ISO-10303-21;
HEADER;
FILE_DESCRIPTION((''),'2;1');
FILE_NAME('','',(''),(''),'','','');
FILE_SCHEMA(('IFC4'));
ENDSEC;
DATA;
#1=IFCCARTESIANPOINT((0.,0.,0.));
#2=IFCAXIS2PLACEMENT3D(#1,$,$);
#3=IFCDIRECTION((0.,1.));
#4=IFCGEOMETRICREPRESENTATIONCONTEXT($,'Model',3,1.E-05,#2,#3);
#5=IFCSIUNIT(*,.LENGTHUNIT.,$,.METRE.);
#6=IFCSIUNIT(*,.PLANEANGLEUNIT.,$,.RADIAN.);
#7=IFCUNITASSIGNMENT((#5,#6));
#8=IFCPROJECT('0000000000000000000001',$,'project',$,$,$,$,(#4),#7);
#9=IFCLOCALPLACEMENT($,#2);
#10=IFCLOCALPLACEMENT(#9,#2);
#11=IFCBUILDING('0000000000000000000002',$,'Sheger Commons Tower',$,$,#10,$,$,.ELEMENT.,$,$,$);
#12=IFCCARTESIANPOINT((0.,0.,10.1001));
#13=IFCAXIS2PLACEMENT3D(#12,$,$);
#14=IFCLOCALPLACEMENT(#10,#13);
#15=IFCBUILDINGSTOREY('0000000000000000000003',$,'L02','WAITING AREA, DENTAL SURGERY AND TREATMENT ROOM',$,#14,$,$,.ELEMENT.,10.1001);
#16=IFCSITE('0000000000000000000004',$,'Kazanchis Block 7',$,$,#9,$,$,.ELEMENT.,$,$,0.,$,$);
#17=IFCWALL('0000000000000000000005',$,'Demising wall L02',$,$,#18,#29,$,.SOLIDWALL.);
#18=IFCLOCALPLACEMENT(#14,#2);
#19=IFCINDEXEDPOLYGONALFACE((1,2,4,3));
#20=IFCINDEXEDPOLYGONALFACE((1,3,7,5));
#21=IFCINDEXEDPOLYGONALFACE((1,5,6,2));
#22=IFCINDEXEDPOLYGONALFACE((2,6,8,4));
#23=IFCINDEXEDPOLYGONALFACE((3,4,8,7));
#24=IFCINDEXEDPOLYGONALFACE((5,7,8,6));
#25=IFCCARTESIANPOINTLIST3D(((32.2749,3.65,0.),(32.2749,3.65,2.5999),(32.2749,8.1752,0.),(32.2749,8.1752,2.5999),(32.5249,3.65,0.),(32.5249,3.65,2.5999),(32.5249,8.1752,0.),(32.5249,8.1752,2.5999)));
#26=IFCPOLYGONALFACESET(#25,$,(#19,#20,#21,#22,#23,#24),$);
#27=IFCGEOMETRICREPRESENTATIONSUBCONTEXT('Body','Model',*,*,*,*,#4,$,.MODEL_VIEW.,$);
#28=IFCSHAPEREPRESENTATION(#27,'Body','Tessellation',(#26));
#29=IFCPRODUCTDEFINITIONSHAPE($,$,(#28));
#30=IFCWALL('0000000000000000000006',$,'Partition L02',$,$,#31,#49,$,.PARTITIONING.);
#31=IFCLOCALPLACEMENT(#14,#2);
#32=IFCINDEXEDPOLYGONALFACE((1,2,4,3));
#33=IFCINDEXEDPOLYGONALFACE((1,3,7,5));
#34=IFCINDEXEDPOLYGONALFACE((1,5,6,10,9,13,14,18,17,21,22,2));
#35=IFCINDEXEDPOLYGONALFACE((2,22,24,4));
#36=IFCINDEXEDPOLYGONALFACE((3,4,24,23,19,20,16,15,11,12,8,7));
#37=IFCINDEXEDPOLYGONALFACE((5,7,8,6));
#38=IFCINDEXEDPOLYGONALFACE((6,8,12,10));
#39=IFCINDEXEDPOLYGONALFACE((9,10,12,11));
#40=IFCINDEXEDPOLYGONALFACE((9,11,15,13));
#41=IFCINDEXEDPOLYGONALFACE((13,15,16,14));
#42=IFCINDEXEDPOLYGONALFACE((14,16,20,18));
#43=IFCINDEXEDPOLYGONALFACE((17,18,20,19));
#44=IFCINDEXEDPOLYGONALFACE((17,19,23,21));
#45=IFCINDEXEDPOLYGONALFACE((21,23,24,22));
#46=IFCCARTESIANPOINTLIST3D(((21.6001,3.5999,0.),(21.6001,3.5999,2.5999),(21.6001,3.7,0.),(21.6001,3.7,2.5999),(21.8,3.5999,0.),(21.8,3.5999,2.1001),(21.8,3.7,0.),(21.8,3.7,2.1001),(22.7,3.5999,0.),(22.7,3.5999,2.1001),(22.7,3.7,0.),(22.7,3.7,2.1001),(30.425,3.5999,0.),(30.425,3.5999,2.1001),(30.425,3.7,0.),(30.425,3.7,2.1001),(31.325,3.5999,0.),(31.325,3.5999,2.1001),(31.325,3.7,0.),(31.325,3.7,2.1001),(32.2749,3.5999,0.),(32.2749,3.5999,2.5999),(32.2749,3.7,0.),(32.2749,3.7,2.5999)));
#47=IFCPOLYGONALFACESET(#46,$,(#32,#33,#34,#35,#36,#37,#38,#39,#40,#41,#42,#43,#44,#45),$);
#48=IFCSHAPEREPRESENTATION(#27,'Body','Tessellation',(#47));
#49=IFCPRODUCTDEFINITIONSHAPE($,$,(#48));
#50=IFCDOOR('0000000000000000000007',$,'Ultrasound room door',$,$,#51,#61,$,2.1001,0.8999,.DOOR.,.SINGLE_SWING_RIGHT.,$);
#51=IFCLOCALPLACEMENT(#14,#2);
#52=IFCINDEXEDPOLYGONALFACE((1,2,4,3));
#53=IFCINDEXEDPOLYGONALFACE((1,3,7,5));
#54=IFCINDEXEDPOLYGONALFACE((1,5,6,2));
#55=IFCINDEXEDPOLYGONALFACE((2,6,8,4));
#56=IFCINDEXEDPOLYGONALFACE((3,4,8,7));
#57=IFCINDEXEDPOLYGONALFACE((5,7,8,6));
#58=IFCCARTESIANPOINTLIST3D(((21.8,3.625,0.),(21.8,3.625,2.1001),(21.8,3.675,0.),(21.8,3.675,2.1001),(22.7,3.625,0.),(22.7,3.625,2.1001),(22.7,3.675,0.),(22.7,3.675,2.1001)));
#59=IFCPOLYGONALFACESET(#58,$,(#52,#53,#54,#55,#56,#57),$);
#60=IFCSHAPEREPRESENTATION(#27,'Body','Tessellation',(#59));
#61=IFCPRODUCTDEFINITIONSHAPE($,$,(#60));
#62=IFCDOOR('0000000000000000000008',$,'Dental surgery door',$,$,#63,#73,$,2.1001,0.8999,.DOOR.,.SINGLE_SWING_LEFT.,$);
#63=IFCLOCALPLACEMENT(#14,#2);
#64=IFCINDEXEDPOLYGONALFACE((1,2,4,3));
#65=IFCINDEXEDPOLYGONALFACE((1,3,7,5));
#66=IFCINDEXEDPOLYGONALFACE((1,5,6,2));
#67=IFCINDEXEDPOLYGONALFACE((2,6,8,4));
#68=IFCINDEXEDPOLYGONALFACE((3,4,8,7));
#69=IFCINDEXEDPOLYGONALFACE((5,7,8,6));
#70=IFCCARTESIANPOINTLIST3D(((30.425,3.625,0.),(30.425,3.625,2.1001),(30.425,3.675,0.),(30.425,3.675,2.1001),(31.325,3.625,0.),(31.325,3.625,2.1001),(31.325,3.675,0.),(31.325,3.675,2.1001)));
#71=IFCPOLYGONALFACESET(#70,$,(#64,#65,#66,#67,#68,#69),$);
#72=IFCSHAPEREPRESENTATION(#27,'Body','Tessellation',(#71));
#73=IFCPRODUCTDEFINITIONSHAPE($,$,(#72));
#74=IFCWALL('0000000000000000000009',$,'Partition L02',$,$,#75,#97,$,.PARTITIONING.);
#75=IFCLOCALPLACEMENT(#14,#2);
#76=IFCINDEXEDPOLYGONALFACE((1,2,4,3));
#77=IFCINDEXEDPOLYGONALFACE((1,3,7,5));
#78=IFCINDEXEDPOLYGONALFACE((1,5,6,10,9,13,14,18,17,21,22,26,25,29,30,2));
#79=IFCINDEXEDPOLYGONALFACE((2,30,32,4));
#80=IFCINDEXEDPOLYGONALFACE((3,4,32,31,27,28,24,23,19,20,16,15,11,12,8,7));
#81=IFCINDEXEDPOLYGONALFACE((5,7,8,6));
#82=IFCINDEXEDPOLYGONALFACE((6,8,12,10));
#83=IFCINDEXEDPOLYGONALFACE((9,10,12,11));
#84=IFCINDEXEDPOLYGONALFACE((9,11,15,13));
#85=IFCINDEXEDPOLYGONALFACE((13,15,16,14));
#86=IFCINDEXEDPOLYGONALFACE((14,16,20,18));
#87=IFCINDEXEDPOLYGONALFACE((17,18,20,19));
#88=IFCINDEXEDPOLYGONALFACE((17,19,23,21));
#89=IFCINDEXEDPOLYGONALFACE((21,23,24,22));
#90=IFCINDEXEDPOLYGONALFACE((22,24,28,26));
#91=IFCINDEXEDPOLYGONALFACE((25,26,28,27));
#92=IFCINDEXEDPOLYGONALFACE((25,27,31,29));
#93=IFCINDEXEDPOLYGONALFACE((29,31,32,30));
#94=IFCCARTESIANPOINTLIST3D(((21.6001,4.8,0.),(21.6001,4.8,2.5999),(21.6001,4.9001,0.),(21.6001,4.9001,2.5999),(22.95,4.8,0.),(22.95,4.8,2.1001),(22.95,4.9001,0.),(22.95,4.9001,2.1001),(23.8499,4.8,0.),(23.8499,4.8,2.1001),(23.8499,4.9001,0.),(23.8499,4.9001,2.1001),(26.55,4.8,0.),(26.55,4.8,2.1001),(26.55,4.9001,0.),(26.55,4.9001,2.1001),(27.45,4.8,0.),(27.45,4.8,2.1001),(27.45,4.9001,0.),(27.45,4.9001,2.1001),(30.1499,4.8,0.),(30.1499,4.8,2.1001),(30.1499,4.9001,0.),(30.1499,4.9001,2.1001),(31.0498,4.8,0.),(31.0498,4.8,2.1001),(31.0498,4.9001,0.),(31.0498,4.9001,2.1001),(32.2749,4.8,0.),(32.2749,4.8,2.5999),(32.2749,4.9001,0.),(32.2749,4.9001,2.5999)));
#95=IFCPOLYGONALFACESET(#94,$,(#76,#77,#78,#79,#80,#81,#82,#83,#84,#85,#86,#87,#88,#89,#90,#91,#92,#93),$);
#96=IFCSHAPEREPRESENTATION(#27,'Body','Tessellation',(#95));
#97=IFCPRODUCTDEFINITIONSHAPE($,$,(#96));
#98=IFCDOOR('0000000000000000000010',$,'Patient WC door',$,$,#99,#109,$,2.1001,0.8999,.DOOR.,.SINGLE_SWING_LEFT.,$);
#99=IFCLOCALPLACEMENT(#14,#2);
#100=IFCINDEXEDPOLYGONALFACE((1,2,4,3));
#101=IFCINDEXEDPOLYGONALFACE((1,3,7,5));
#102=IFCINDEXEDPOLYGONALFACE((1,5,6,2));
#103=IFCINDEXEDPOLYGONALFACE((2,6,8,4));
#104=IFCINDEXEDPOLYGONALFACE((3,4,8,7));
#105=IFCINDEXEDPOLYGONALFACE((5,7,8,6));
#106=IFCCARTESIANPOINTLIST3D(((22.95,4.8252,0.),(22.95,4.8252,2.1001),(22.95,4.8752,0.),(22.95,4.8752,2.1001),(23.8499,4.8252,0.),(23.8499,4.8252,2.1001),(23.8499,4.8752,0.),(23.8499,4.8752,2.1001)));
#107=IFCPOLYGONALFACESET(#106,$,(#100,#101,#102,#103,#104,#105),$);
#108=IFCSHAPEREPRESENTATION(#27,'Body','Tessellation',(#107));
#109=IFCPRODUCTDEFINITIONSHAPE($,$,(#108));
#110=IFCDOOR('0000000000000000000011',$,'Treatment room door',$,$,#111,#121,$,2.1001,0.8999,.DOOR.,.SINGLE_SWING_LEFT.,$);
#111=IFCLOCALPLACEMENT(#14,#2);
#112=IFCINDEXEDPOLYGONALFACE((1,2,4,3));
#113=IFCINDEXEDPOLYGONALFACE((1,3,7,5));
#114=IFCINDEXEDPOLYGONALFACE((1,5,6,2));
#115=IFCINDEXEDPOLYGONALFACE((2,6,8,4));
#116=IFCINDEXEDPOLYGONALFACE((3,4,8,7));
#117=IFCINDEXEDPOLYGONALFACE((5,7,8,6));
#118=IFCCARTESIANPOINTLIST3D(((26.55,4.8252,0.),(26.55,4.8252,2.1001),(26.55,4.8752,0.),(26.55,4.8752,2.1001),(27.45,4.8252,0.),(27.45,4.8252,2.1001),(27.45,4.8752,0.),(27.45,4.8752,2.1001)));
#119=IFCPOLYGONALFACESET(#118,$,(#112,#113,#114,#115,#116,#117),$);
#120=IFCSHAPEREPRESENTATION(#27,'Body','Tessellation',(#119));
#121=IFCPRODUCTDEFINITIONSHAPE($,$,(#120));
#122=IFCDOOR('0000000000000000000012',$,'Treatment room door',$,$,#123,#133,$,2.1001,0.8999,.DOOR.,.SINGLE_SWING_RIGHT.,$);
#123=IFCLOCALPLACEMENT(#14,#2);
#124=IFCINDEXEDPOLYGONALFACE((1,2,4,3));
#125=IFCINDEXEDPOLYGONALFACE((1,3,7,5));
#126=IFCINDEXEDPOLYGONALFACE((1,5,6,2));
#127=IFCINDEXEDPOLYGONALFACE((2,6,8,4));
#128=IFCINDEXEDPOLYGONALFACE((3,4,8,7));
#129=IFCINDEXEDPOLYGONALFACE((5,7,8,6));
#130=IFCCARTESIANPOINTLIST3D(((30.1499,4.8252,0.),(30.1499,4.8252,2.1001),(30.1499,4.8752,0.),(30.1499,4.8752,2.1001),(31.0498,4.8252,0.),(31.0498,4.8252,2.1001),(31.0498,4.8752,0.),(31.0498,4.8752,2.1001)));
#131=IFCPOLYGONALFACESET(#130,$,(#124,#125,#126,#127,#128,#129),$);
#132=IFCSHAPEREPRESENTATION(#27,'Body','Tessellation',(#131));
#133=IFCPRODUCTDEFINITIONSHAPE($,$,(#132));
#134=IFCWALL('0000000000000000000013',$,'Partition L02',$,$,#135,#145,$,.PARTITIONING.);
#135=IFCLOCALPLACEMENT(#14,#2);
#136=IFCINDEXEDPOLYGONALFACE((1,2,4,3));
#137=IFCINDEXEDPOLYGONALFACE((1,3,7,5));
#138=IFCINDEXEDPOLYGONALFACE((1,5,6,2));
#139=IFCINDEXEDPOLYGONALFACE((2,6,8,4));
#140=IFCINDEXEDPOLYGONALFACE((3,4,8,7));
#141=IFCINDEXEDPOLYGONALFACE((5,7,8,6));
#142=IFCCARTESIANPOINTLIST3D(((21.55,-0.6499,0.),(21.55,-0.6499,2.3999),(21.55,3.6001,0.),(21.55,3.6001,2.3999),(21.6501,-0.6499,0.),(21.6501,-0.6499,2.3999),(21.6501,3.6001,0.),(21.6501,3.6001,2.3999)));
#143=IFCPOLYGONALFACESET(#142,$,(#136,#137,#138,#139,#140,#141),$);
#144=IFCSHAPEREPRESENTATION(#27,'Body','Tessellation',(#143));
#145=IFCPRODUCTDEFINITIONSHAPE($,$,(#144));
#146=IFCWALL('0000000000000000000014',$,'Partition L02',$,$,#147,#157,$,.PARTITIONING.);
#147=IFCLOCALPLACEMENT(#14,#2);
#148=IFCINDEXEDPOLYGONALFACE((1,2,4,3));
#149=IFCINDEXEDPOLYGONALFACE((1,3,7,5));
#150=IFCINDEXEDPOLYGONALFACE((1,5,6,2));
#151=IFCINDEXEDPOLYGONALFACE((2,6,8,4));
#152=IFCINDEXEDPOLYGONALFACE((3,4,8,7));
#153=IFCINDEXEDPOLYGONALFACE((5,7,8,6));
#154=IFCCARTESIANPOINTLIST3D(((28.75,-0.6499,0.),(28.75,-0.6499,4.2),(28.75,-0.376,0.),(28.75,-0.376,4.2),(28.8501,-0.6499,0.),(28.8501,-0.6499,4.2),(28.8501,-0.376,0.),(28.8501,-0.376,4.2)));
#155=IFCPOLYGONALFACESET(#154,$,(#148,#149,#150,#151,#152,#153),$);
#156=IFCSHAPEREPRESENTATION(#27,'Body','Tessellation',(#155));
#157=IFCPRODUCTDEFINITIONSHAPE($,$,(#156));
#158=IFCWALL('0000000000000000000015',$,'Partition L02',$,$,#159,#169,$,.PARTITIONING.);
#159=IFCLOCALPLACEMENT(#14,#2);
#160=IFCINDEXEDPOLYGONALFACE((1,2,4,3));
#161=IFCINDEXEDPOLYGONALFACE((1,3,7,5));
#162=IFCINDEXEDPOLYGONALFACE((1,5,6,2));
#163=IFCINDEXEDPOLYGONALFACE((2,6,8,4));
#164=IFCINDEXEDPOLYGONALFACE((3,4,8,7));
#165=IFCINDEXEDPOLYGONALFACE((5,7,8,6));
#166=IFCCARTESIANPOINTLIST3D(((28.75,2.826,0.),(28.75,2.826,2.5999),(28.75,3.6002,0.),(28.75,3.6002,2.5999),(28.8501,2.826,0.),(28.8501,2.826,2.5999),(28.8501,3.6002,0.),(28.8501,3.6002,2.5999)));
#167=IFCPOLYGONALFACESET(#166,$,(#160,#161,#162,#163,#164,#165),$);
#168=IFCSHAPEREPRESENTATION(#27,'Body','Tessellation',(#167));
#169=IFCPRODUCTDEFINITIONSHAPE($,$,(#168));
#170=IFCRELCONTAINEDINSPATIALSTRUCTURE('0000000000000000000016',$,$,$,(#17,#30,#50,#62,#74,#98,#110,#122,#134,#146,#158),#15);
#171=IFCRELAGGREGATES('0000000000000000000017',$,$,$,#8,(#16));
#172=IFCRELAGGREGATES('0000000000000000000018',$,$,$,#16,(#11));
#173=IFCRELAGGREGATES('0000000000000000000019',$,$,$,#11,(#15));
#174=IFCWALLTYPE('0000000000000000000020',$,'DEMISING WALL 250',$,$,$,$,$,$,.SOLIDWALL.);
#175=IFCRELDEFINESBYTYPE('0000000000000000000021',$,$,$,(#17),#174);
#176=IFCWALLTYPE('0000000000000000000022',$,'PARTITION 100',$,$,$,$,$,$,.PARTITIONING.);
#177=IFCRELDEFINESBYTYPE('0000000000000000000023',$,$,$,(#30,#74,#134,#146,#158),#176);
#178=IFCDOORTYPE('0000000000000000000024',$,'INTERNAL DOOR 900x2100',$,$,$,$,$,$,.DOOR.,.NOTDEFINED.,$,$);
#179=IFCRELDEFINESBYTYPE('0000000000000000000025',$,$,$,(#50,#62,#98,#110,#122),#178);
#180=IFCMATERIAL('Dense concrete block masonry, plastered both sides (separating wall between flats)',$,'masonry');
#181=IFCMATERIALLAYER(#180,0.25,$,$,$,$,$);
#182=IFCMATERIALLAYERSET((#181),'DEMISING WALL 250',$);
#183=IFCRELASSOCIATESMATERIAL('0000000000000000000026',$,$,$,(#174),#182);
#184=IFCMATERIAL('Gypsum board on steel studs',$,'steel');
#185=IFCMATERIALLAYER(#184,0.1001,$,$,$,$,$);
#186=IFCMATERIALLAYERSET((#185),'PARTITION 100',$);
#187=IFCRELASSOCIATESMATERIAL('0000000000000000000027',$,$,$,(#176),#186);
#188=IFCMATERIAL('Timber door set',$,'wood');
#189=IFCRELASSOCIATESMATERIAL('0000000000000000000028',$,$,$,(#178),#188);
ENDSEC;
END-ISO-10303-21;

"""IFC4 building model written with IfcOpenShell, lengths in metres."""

from ifc_helpers import new_model, si_unit, direction, frame, frame_2d, origin, place, context, subcontext, project, spatial, rectangle, extrude, material, layer, layer_set, type_object, element, fill, save


model = new_model("IFC4")

# Units and contexts
model_context = context("Model", 3, precision=1e-05, world=origin(), true_north=direction((0.0, 1.0)))
body_context = subcontext(model_context, "Body", "Model", "MODEL_VIEW")
ifc_project = project(units=[si_unit("LENGTHUNIT", "METRE"), si_unit("PLANEANGLEUNIT", "RADIAN")], contexts=[model_context])

# Site, building, storey
site_placement = place(None, origin())
site = spatial("IfcSite", under=ifc_project, at=site_placement, Name="Kazanchis Block 7", CompositionType="ELEMENT", RefElevation=0.0)
building_placement = place(site_placement, origin())
building = spatial("IfcBuilding", under=site, at=building_placement, Name="Sheger Commons Tower", CompositionType="ELEMENT")
storey_placement = place(building_placement, frame((0.0, 0.0, 10.1001)))
storey = spatial("IfcBuildingStorey", under=building, at=storey_placement, Name="L02", Description="WAITING AREA, DENTAL SURGERY AND TREATMENT ROOM", CompositionType="ELEMENT", Elevation=10.1001)

# Wall
ifc_material_1 = material(Name="Dense concrete block masonry, plastered both sides (separating wall between flats)", Category="masonry")
ifc_layer_1 = layer(ifc_material_1, 0.25)
ifc_layer_set_1 = layer_set([ifc_layer_1], Name="DEMISING WALL 250")
wall_type_1 = type_object("IfcWallType", Name="DEMISING WALL 250", PredefinedType="SOLIDWALL", material=ifc_layer_set_1)
wall_1_placement = place(storey_placement, frame((32.3999, 3.6499, 0.0), z_axis=(0.0, 0.0, 1.0), x_axis=(0.0, 1.0, 0.0)))
element("IfcWall", 1, at=wall_1_placement, inside=storey, type_object=wall_type_1, Name="Demising wall L02", PredefinedType="SOLIDWALL", context=body_context, shape_type="SweptSolid", body=[
    extrude(rectangle(XDim=4.5251, YDim=0.25, at=frame_2d((2.2627, 0.0))), origin(), (0.0, 0.0, 1.0), 2.5999),
])

# Walls, openings, doors
ifc_material_2 = material(Name="Gypsum board on steel studs", Category="steel")
ifc_layer_2 = layer(ifc_material_2, 0.1001)
ifc_layer_set_2 = layer_set([ifc_layer_2], Name="PARTITION 100")
wall_type_2 = type_object("IfcWallType", Name="PARTITION 100", PredefinedType="PARTITIONING", material=ifc_layer_set_2)
wall_2_placement = place(storey_placement, frame((32.2749, 3.6499, 0.0), z_axis=(0.0, 0.0, 1.0), x_axis=(-1.0, 0.0, 0.0)))
wall_2 = element("IfcWall", 2, at=wall_2_placement, inside=storey, type_object=wall_type_2, Name="Partition L02", PredefinedType="PARTITIONING", context=body_context, shape_type="SweptSolid", body=[
    extrude(rectangle(XDim=10.6748, YDim=0.1001, at=frame_2d((5.3374, 0.0))), origin(), (0.0, 0.0, 1.0), 2.5999),
])
opening_1_placement = place(wall_2_placement, frame((9.575, 0.0, 0.0)))
opening_1 = element("IfcOpeningElement", 3, at=opening_1_placement, cuts=wall_2, PredefinedType="OPENING", context=body_context, shape_type="SweptSolid", body=[
    extrude(rectangle(XDim=0.8999, YDim=2.1001, at=frame_2d((0.45, 1.05))), frame((0.0, 0.0601, 0.0), z_axis=(0.0, -1.0, 0.0), x_axis=(1.0, 0.0, 0.0)), (0.0, 0.0, 1.0), 0.1201),
])
opening_2_placement = place(wall_2_placement, frame((0.95, 0.0, 0.0)))
opening_2 = element("IfcOpeningElement", 4, at=opening_2_placement, cuts=wall_2, PredefinedType="OPENING", context=body_context, shape_type="SweptSolid", body=[
    extrude(rectangle(XDim=0.8999, YDim=2.1001, at=frame_2d((0.45, 1.05))), frame((0.0, 0.0601, 0.0), z_axis=(0.0, -1.0, 0.0), x_axis=(1.0, 0.0, 0.0)), (0.0, 0.0, 1.0), 0.1201),
])
ifc_material_3 = material(Name="Timber door set", Category="wood")
door_type = type_object("IfcDoorType", Name="INTERNAL DOOR 900x2100", OperationType="NOTDEFINED", PredefinedType="DOOR", material=ifc_material_3)
door_1_placement = place(opening_1_placement, origin())
door_1 = element("IfcDoor", 5, at=door_1_placement, inside=storey, type_object=door_type, Name="Ultrasound room door", OperationType="SINGLE_SWING_RIGHT", OverallHeight=2.1001, OverallWidth=0.8999, PredefinedType="DOOR", context=body_context, shape_type="SweptSolid", body=[
    extrude(rectangle(XDim=0.8999, YDim=2.1001, at=frame_2d((0.45, 1.05))), frame((0.0, 0.0249, 0.0), z_axis=(0.0, -1.0, 0.0), x_axis=(1.0, 0.0, 0.0)), (0.0, 0.0, 1.0), 0.05),
])
fill(opening_1, door_1)
door_2_placement = place(opening_2_placement, origin())
door_2 = element("IfcDoor", 6, at=door_2_placement, inside=storey, type_object=door_type, Name="Dental surgery door", OperationType="SINGLE_SWING_LEFT", OverallHeight=2.1001, OverallWidth=0.8999, PredefinedType="DOOR", context=body_context, shape_type="SweptSolid", body=[
    extrude(rectangle(XDim=0.8999, YDim=2.1001, at=frame_2d((0.45, 1.05))), frame((0.0, 0.0249, 0.0), z_axis=(0.0, -1.0, 0.0), x_axis=(1.0, 0.0, 0.0)), (0.0, 0.0, 1.0), 0.05),
])
fill(opening_2, door_2)
wall_3_placement = place(storey_placement, frame((32.2749, 4.8501, 0.0), z_axis=(0.0, 0.0, 1.0), x_axis=(-1.0, 0.0, 0.0)))
wall_3 = element("IfcWall", 7, at=wall_3_placement, inside=storey, type_object=wall_type_2, Name="Partition L02", PredefinedType="PARTITIONING", context=body_context, shape_type="SweptSolid", body=[
    extrude(rectangle(XDim=10.6748, YDim=0.1001, at=frame_2d((5.3374, 0.0))), origin(), (0.0, 0.0, 1.0), 2.5999),
])
opening_3_placement = place(wall_3_placement, frame((8.425, 0.0, 0.0)))
opening_3 = element("IfcOpeningElement", 8, at=opening_3_placement, cuts=wall_3, PredefinedType="OPENING", context=body_context, shape_type="SweptSolid", body=[
    extrude(rectangle(XDim=0.8999, YDim=2.1001, at=frame_2d((0.45, 1.05))), frame((0.0, 0.0601, 0.0), z_axis=(0.0, -1.0, 0.0), x_axis=(1.0, 0.0, 0.0)), (0.0, 0.0, 1.0), 0.1201),
])
opening_4_placement = place(wall_3_placement, frame((4.825, 0.0, 0.0)))
opening_4 = element("IfcOpeningElement", 9, at=opening_4_placement, cuts=wall_3, PredefinedType="OPENING", context=body_context, shape_type="SweptSolid", body=[
    extrude(rectangle(XDim=0.8999, YDim=2.1001, at=frame_2d((0.45, 1.05))), frame((0.0, 0.0601, 0.0), z_axis=(0.0, -1.0, 0.0), x_axis=(1.0, 0.0, 0.0)), (0.0, 0.0, 1.0), 0.1201),
])
opening_5_placement = place(wall_3_placement, frame((1.2251, 0.0, 0.0)))
opening_5 = element("IfcOpeningElement", 10, at=opening_5_placement, cuts=wall_3, PredefinedType="OPENING", context=body_context, shape_type="SweptSolid", body=[
    extrude(rectangle(XDim=0.8999, YDim=2.1001, at=frame_2d((0.45, 1.05))), frame((0.0, 0.0601, 0.0), z_axis=(0.0, -1.0, 0.0), x_axis=(1.0, 0.0, 0.0)), (0.0, 0.0, 1.0), 0.1201),
])
door_3_placement = place(opening_3_placement, origin())
door_3 = element("IfcDoor", 11, at=door_3_placement, inside=storey, type_object=door_type, Name="Patient WC door", OperationType="SINGLE_SWING_LEFT", OverallHeight=2.1001, OverallWidth=0.8999, PredefinedType="DOOR", context=body_context, shape_type="SweptSolid", body=[
    extrude(rectangle(XDim=0.8999, YDim=2.1001, at=frame_2d((0.45, 1.05))), frame((0.0, 0.0249, 0.0), z_axis=(0.0, -1.0, 0.0), x_axis=(1.0, 0.0, 0.0)), (0.0, 0.0, 1.0), 0.05),
])
fill(opening_3, door_3)
door_4_placement = place(opening_4_placement, origin())
door_4 = element("IfcDoor", 12, at=door_4_placement, inside=storey, type_object=door_type, Name="Treatment room door", OperationType="SINGLE_SWING_LEFT", OverallHeight=2.1001, OverallWidth=0.8999, PredefinedType="DOOR", context=body_context, shape_type="SweptSolid", body=[
    extrude(rectangle(XDim=0.8999, YDim=2.1001, at=frame_2d((0.45, 1.05))), frame((0.0, 0.0249, 0.0), z_axis=(0.0, -1.0, 0.0), x_axis=(1.0, 0.0, 0.0)), (0.0, 0.0, 1.0), 0.05),
])
fill(opening_4, door_4)
door_5_placement = place(opening_5_placement, origin())
door_5 = element("IfcDoor", 13, at=door_5_placement, inside=storey, type_object=door_type, Name="Treatment room door", OperationType="SINGLE_SWING_RIGHT", OverallHeight=2.1001, OverallWidth=0.8999, PredefinedType="DOOR", context=body_context, shape_type="SweptSolid", body=[
    extrude(rectangle(XDim=0.8999, YDim=2.1001, at=frame_2d((0.45, 1.05))), frame((0.0, 0.0249, 0.0), z_axis=(0.0, -1.0, 0.0), x_axis=(1.0, 0.0, 0.0)), (0.0, 0.0, 1.0), 0.05),
])
fill(opening_5, door_5)

# Walls
wall_4_placement = place(storey_placement, frame((21.6001, -0.6499, 0.0), z_axis=(0.0, 0.0, 1.0), x_axis=(0.0, 1.0, 0.0)))
element("IfcWall", 14, at=wall_4_placement, inside=storey, type_object=wall_type_2, Name="Partition L02", PredefinedType="PARTITIONING", context=body_context, shape_type="SweptSolid", body=[
    extrude(rectangle(XDim=4.25, YDim=0.1001, at=frame_2d((2.125, 0.0))), origin(), (0.0, 0.0, 1.0), 2.3999),
])
wall_5_placement = place(storey_placement, frame((28.8, -0.6499, 0.0), z_axis=(0.0, 0.0, 1.0), x_axis=(0.0, 1.0, 0.0)))
element("IfcWall", 15, at=wall_5_placement, inside=storey, type_object=wall_type_2, Name="Partition L02", PredefinedType="PARTITIONING", context=body_context, shape_type="SweptSolid", body=[
    extrude(rectangle(XDim=0.2739, YDim=0.1001, at=frame_2d((0.137, 0.0))), origin(), (0.0, 0.0, 1.0), 4.2),
])
wall_6_placement = place(storey_placement, frame((28.8, 2.8259, 0.0), z_axis=(0.0, 0.0, 1.0), x_axis=(0.0, 1.0, 0.0)))
element("IfcWall", 16, at=wall_6_placement, inside=storey, type_object=wall_type_2, Name="Partition L02", PredefinedType="PARTITIONING", context=body_context, shape_type="SweptSolid", body=[
    extrude(rectangle(XDim=0.7742, YDim=0.1001, at=frame_2d((0.3872, 0.0))), origin(), (0.0, 0.0, 1.0), 2.5999),
])

save(model, "model.ifc")
